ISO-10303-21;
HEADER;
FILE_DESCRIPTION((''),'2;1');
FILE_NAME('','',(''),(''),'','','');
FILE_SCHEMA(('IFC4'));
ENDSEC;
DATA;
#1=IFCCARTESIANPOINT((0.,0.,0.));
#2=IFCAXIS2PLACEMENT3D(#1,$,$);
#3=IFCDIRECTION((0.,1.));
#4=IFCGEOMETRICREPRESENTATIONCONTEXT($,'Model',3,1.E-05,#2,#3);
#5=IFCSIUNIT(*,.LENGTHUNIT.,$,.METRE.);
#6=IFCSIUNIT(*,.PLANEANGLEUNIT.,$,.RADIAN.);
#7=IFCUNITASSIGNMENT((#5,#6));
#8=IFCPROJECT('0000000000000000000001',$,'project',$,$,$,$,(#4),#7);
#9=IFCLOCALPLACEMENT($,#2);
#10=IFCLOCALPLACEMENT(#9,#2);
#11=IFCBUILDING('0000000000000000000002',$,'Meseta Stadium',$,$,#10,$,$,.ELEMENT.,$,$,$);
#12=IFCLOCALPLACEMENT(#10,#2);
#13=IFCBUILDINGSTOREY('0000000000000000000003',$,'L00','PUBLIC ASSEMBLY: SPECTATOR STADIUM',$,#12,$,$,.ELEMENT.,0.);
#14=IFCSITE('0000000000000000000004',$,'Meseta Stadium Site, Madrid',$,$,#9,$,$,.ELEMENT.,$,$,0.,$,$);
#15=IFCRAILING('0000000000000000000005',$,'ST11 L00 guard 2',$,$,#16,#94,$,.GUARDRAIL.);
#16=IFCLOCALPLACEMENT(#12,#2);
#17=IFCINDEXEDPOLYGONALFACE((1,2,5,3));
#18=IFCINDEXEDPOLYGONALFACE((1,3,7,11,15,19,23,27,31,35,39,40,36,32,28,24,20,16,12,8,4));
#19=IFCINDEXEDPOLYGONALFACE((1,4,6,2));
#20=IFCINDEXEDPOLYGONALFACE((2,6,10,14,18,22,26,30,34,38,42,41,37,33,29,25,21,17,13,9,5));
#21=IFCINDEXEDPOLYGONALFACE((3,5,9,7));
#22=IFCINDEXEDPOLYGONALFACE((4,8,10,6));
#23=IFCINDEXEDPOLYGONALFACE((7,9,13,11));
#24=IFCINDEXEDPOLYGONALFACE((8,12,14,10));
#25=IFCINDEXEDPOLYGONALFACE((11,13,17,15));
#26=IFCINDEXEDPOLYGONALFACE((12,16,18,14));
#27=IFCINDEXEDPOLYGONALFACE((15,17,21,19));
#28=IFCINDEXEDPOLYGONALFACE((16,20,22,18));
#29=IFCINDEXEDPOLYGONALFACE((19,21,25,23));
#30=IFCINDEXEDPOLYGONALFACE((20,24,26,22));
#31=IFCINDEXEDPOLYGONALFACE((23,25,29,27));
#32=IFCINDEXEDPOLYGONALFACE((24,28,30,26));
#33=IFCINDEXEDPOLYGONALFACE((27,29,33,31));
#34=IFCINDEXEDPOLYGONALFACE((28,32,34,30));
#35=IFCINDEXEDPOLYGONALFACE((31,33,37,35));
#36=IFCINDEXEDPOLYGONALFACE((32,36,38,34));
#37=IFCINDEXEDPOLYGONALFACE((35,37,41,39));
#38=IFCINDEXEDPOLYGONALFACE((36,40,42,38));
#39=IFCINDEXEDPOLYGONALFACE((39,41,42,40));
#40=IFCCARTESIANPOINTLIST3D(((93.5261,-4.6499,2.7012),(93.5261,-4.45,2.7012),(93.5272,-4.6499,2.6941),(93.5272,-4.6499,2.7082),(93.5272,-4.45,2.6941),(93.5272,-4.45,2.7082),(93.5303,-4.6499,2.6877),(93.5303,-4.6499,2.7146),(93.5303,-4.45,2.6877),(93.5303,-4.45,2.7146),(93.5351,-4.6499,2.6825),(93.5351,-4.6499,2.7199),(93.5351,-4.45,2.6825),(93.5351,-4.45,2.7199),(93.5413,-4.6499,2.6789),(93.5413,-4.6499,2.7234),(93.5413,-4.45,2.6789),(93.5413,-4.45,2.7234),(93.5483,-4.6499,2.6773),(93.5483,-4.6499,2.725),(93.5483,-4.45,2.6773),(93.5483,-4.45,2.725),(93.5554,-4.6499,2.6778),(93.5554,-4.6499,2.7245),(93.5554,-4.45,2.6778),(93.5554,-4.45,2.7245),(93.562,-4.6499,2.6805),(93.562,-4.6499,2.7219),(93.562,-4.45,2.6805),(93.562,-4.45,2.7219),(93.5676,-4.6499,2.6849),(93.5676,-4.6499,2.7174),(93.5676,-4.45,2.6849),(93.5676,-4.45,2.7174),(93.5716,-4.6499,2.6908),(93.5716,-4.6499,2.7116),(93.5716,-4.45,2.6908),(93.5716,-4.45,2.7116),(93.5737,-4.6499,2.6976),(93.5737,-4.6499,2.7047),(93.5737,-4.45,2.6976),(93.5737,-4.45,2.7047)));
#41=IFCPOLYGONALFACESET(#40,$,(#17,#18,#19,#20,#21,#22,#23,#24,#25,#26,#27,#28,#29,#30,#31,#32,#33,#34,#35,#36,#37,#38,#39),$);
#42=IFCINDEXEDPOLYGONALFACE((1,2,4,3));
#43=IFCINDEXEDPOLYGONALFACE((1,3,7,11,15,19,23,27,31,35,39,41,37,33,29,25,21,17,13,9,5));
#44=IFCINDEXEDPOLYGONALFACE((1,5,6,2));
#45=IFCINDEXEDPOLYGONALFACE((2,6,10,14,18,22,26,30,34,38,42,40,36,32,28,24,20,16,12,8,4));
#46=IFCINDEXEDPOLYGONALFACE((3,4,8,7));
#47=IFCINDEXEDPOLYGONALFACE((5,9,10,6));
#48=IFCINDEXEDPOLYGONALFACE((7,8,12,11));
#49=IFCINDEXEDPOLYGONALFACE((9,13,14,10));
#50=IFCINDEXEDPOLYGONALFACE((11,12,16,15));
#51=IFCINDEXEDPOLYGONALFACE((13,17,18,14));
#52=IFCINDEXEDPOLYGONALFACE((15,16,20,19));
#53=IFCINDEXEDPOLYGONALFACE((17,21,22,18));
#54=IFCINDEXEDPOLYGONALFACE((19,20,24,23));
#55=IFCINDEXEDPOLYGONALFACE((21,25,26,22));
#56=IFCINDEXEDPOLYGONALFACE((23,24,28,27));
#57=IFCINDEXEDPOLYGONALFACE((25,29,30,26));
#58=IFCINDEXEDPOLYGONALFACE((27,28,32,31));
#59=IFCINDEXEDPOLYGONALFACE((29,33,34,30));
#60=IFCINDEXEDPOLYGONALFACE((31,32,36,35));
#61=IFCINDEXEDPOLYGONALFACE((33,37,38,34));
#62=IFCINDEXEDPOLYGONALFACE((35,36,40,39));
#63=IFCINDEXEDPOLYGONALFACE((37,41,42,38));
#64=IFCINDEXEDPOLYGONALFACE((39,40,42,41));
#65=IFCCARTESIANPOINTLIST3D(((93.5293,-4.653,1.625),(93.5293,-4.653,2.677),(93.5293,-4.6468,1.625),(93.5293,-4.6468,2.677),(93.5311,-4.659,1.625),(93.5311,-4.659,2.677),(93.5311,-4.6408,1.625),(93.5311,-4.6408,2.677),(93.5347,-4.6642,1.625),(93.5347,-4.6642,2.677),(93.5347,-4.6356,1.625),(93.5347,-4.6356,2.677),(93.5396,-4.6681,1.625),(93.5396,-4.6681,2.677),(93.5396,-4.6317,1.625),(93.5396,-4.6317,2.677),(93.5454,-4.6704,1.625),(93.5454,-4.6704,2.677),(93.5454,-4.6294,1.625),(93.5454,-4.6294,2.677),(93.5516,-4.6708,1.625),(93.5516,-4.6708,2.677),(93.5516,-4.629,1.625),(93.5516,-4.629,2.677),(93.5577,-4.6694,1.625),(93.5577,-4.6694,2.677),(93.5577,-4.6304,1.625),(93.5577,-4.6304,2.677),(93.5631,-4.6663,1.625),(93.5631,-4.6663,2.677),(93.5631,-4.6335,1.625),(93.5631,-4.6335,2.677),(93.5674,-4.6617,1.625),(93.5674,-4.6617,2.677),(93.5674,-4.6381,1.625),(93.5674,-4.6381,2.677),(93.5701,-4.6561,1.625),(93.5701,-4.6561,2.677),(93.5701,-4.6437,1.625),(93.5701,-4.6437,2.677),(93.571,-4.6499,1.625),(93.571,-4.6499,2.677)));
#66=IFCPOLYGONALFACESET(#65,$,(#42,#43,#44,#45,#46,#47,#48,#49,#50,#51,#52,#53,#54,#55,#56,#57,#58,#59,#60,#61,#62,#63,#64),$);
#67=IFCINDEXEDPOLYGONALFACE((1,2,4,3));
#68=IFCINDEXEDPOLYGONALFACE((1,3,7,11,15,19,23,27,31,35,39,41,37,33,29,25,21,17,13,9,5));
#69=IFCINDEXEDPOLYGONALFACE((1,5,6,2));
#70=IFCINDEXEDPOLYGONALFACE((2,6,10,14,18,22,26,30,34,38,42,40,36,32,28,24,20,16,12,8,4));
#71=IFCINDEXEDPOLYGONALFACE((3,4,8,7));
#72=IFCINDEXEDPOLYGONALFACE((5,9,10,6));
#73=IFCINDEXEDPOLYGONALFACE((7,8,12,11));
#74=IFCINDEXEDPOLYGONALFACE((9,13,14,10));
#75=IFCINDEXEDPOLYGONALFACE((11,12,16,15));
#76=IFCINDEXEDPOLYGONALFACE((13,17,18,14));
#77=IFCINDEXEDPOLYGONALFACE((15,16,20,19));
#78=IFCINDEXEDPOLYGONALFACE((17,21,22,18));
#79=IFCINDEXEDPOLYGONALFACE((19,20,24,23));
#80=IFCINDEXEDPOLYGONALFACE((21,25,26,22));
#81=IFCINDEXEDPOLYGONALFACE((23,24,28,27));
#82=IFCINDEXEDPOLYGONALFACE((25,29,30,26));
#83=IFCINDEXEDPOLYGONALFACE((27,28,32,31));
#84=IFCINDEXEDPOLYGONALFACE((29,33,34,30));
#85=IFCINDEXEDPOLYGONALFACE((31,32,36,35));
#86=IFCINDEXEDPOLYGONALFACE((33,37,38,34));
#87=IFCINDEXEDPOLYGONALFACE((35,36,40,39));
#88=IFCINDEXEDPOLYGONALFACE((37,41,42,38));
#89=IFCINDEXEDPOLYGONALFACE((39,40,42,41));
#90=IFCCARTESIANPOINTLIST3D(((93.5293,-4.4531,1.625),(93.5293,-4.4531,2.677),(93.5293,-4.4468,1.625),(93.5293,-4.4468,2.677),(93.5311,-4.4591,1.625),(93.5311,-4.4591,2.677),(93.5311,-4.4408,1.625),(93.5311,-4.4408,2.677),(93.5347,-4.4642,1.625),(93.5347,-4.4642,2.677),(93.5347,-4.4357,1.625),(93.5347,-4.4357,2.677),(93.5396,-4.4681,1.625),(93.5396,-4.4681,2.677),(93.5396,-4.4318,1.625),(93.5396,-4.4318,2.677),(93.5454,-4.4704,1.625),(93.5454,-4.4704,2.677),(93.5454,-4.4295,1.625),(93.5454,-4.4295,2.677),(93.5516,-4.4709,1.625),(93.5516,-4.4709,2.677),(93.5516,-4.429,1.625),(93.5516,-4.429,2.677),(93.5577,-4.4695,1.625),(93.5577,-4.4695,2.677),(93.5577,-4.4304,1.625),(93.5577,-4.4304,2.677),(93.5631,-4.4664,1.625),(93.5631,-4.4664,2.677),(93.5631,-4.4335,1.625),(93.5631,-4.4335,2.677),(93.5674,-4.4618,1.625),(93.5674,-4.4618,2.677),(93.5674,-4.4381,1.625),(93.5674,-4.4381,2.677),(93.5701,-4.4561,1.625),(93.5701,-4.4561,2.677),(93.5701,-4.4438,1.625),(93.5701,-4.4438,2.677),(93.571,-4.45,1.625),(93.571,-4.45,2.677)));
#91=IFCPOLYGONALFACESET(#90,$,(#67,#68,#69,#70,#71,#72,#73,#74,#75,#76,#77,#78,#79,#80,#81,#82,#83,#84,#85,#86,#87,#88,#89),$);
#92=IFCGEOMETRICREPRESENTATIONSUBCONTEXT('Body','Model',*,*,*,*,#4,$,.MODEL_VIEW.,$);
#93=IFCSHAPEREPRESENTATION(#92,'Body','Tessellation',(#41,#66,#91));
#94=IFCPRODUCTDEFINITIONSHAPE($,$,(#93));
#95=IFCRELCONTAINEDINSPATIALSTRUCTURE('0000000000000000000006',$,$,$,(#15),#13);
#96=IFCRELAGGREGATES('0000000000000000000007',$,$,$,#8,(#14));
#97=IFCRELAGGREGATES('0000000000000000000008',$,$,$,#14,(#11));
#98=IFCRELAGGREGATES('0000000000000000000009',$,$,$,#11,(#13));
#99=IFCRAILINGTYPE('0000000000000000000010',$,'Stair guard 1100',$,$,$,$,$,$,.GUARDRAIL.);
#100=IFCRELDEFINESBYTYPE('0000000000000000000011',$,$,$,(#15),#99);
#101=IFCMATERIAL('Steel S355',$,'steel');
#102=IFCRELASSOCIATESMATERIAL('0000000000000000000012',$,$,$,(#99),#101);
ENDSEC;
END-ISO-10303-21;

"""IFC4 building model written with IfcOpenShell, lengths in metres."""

from ifc_helpers import new_model, si_unit, direction, frame, origin, origin_2d, place, context, subcontext, project, spatial, circle, extrude, material, type_object, element, save


model = new_model("IFC4")

# Units and contexts
model_context = context("Model", 3, precision=1e-05, world=origin(), true_north=direction((0.0, 1.0)))
body_context = subcontext(model_context, "Body", "Model", "MODEL_VIEW")
ifc_project = project(units=[si_unit("LENGTHUNIT", "METRE"), si_unit("PLANEANGLEUNIT", "RADIAN")], contexts=[model_context])

# Site, building, storey
site_placement = place(None, origin())
site = spatial("IfcSite", under=ifc_project, at=site_placement, Name="Meseta Stadium Site, Madrid", CompositionType="ELEMENT", RefElevation=0.0)
building_placement = place(site_placement, origin())
building = spatial("IfcBuilding", under=site, at=building_placement, Name="Meseta Stadium", CompositionType="ELEMENT")
storey_placement = place(building_placement, origin())
storey = spatial("IfcBuildingStorey", under=building, at=storey_placement, Name="L00", Description="PUBLIC ASSEMBLY: SPECTATOR STADIUM", CompositionType="ELEMENT", Elevation=0.0)

# Railing
ifc_material_1 = material(Name="Steel S355", Category="steel")
railing_type_1 = type_object("IfcRailingType", Name="Stair guard 1100", PredefinedType="GUARDRAIL", material=ifc_material_1)
railing_1_placement = place(storey_placement, frame((93.55, -4.6499, 1.625)))
element("IfcRailing", 1, at=railing_1_placement, inside=storey, type_object=railing_type_1, Name="ST11 L00 guard 2", PredefinedType="GUARDRAIL", context=body_context, shape_type="SweptSolid", body=[
    extrude(circle(Radius=0.0239, at=origin_2d()), frame((0.0, 0.0, 1.0762), z_axis=(0.0, 1.0, 0.0), x_axis=(-1.0, 0.0, 0.0)), (0.0, 0.0, 1.0), 0.2),
    extrude(circle(Radius=0.021, at=origin_2d()), origin(), (0.0, 0.0, 1.0), 1.052),
    extrude(circle(Radius=0.021, at=origin_2d()), frame((0.0, 0.2, 0.0)), (0.0, 0.0, 1.0), 1.052),
])

save(model, "model.ifc")
